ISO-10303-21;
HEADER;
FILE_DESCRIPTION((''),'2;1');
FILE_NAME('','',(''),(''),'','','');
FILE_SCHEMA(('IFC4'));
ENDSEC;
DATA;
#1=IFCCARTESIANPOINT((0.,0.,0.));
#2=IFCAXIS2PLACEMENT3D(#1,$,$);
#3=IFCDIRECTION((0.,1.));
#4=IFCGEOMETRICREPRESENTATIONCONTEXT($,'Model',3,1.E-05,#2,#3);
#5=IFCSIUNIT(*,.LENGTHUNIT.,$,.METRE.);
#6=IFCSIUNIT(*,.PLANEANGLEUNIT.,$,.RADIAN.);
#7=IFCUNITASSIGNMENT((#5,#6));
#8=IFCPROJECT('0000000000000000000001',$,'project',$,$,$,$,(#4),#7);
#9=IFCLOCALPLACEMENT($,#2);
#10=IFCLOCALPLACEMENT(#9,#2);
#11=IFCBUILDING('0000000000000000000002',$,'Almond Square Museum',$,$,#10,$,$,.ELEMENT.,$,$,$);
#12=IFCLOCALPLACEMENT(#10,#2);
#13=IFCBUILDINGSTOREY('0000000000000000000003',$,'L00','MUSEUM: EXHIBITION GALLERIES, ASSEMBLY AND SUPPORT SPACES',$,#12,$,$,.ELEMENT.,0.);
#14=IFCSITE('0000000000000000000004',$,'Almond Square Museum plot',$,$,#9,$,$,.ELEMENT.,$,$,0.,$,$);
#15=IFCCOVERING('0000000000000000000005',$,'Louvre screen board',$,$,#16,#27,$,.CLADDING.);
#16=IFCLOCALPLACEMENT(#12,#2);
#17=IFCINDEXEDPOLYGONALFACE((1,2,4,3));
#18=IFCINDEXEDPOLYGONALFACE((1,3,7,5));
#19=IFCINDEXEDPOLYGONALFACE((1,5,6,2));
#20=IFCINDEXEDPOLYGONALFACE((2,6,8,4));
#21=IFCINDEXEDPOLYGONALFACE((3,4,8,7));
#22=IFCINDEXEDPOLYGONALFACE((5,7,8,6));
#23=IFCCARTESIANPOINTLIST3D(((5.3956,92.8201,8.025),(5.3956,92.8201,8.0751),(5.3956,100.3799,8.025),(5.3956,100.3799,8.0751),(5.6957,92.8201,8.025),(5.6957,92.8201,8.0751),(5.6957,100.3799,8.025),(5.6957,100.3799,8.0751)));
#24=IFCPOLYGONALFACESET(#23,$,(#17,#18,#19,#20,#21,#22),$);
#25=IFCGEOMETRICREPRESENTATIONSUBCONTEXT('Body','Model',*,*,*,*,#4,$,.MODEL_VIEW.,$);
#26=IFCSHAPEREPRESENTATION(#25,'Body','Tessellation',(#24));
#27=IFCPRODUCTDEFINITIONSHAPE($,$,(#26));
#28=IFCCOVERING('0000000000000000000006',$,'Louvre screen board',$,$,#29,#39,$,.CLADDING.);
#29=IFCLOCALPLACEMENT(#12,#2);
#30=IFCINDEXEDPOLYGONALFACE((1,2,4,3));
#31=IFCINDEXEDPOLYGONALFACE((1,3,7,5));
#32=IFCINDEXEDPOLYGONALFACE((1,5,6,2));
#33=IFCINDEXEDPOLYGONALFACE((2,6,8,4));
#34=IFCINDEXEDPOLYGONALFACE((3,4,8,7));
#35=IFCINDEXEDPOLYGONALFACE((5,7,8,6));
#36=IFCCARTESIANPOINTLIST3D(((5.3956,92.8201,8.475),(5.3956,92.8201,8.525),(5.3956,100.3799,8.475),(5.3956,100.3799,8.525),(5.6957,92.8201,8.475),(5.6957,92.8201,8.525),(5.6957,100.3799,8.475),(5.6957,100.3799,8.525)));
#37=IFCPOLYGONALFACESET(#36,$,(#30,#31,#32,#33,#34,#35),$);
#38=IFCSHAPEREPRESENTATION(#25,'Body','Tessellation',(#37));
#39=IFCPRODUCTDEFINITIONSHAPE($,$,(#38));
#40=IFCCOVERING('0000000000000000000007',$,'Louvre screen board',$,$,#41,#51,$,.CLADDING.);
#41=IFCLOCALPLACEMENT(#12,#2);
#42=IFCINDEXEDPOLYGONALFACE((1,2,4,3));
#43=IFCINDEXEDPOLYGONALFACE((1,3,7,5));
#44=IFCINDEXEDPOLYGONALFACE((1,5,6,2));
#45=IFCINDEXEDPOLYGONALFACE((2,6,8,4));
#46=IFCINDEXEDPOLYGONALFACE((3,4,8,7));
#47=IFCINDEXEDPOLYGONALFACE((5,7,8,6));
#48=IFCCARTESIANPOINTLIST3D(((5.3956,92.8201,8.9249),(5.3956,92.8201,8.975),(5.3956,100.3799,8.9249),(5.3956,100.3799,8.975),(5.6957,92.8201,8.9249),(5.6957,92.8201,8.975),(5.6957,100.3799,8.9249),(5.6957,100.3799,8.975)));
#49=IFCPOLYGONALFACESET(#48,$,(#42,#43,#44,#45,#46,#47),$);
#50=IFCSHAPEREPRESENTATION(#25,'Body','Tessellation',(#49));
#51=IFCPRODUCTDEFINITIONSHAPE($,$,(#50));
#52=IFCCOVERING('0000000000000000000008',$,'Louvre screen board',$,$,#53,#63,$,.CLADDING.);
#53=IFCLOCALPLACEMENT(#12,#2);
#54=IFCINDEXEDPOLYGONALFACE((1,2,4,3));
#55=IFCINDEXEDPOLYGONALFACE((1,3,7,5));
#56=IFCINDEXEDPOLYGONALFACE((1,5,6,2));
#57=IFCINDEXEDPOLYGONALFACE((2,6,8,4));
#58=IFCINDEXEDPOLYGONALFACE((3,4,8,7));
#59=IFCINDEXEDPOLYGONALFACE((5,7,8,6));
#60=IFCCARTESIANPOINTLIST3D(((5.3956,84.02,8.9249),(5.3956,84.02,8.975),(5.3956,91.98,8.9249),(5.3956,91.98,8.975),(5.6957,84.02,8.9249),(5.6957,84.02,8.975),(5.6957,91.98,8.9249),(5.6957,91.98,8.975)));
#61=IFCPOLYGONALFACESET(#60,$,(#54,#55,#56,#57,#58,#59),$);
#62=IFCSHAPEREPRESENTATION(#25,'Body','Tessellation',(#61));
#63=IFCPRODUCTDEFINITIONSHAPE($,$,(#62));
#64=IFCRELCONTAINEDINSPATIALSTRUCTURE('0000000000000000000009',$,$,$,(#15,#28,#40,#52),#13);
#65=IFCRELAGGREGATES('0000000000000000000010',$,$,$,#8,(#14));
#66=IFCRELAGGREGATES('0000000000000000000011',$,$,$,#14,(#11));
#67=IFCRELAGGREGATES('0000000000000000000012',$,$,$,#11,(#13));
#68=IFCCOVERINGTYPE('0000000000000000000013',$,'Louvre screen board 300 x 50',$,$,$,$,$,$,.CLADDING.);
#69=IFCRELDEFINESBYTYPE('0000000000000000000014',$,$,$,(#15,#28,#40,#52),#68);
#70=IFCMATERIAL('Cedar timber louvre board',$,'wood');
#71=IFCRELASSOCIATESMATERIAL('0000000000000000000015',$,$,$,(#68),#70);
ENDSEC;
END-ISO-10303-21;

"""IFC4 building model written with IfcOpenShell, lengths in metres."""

from ifc_helpers import new_model, si_unit, direction, frame, origin, origin_2d, place, context, subcontext, project, spatial, rectangle, extrude, material, material_profile, profile_set, type_object, element, save


model = new_model("IFC4")

# Units and contexts
model_context = context("Model", 3, precision=1e-05, world=origin(), true_north=direction((0.0, 1.0)))
body_context = subcontext(model_context, "Body", "Model", "MODEL_VIEW")
ifc_project = project(units=[si_unit("LENGTHUNIT", "METRE"), si_unit("PLANEANGLEUNIT", "RADIAN")], contexts=[model_context])

# Site, building, storey
site_placement = place(None, origin())
site = spatial("IfcSite", under=ifc_project, at=site_placement, Name="Almond Square Museum plot", CompositionType="ELEMENT", RefElevation=0.0)
building_placement = place(site_placement, origin())
building = spatial("IfcBuilding", under=site, at=building_placement, Name="Almond Square Museum", CompositionType="ELEMENT")
storey_placement = place(building_placement, origin())
storey = spatial("IfcBuildingStorey", under=building, at=storey_placement, Name="L00", Description="MUSEUM: EXHIBITION GALLERIES, ASSEMBLY AND SUPPORT SPACES", CompositionType="ELEMENT", Elevation=0.0)

# Coverings
ifc_material_1 = material(Name="Cedar timber louvre board", Category="wood")
ifc_material_profile_1 = material_profile(ifc_material_1, rectangle(XDim=0.3, YDim=0.05, at=origin_2d()))
ifc_profile_set_1 = profile_set([ifc_material_profile_1], Name="Cedar timber louvre board")
covering_type = type_object("IfcCoveringType", Name="Louvre screen board 300 x 50", PredefinedType="CLADDING", material=ifc_profile_set_1)
for number, where, z_axis, x_axis, name in (
    (1, (5.5457, 92.8201, 8.05), (0.0, 1.0, 0.0), (-1.0, 0.0, 0.0), "Louvre screen board"),
    (2, (5.5457, 92.8201, 8.5), (0.0, 1.0, 0.0), (-1.0, 0.0, 0.0), "Louvre screen board"),
    (3, (5.5457, 92.8201, 8.95), (0.0, 1.0, 0.0), (-1.0, 0.0, 0.0), "Louvre screen board"),
):
    element("IfcCovering", number, at=place(storey_placement, frame(where, z_axis=z_axis, x_axis=x_axis)), inside=storey, type_object=covering_type, Name=name, PredefinedType="CLADDING", context=body_context, shape_type="SweptSolid", body=[
        extrude(rectangle(XDim=0.3, YDim=0.05, at=origin_2d()), origin(), (0.0, 0.0, 1.0), 7.5598),
    ])
covering_placement = place(storey_placement, frame((5.5457, 84.02, 8.95), z_axis=(0.0, 1.0, 0.0), x_axis=(-1.0, 0.0, 0.0)))
element("IfcCovering", 4, at=covering_placement, inside=storey, type_object=covering_type, Name="Louvre screen board", PredefinedType="CLADDING", context=body_context, shape_type="SweptSolid", body=[
    extrude(rectangle(XDim=0.3, YDim=0.05, at=origin_2d()), origin(), (0.0, 0.0, 1.0), 7.96),
])

save(model, "model.ifc")
